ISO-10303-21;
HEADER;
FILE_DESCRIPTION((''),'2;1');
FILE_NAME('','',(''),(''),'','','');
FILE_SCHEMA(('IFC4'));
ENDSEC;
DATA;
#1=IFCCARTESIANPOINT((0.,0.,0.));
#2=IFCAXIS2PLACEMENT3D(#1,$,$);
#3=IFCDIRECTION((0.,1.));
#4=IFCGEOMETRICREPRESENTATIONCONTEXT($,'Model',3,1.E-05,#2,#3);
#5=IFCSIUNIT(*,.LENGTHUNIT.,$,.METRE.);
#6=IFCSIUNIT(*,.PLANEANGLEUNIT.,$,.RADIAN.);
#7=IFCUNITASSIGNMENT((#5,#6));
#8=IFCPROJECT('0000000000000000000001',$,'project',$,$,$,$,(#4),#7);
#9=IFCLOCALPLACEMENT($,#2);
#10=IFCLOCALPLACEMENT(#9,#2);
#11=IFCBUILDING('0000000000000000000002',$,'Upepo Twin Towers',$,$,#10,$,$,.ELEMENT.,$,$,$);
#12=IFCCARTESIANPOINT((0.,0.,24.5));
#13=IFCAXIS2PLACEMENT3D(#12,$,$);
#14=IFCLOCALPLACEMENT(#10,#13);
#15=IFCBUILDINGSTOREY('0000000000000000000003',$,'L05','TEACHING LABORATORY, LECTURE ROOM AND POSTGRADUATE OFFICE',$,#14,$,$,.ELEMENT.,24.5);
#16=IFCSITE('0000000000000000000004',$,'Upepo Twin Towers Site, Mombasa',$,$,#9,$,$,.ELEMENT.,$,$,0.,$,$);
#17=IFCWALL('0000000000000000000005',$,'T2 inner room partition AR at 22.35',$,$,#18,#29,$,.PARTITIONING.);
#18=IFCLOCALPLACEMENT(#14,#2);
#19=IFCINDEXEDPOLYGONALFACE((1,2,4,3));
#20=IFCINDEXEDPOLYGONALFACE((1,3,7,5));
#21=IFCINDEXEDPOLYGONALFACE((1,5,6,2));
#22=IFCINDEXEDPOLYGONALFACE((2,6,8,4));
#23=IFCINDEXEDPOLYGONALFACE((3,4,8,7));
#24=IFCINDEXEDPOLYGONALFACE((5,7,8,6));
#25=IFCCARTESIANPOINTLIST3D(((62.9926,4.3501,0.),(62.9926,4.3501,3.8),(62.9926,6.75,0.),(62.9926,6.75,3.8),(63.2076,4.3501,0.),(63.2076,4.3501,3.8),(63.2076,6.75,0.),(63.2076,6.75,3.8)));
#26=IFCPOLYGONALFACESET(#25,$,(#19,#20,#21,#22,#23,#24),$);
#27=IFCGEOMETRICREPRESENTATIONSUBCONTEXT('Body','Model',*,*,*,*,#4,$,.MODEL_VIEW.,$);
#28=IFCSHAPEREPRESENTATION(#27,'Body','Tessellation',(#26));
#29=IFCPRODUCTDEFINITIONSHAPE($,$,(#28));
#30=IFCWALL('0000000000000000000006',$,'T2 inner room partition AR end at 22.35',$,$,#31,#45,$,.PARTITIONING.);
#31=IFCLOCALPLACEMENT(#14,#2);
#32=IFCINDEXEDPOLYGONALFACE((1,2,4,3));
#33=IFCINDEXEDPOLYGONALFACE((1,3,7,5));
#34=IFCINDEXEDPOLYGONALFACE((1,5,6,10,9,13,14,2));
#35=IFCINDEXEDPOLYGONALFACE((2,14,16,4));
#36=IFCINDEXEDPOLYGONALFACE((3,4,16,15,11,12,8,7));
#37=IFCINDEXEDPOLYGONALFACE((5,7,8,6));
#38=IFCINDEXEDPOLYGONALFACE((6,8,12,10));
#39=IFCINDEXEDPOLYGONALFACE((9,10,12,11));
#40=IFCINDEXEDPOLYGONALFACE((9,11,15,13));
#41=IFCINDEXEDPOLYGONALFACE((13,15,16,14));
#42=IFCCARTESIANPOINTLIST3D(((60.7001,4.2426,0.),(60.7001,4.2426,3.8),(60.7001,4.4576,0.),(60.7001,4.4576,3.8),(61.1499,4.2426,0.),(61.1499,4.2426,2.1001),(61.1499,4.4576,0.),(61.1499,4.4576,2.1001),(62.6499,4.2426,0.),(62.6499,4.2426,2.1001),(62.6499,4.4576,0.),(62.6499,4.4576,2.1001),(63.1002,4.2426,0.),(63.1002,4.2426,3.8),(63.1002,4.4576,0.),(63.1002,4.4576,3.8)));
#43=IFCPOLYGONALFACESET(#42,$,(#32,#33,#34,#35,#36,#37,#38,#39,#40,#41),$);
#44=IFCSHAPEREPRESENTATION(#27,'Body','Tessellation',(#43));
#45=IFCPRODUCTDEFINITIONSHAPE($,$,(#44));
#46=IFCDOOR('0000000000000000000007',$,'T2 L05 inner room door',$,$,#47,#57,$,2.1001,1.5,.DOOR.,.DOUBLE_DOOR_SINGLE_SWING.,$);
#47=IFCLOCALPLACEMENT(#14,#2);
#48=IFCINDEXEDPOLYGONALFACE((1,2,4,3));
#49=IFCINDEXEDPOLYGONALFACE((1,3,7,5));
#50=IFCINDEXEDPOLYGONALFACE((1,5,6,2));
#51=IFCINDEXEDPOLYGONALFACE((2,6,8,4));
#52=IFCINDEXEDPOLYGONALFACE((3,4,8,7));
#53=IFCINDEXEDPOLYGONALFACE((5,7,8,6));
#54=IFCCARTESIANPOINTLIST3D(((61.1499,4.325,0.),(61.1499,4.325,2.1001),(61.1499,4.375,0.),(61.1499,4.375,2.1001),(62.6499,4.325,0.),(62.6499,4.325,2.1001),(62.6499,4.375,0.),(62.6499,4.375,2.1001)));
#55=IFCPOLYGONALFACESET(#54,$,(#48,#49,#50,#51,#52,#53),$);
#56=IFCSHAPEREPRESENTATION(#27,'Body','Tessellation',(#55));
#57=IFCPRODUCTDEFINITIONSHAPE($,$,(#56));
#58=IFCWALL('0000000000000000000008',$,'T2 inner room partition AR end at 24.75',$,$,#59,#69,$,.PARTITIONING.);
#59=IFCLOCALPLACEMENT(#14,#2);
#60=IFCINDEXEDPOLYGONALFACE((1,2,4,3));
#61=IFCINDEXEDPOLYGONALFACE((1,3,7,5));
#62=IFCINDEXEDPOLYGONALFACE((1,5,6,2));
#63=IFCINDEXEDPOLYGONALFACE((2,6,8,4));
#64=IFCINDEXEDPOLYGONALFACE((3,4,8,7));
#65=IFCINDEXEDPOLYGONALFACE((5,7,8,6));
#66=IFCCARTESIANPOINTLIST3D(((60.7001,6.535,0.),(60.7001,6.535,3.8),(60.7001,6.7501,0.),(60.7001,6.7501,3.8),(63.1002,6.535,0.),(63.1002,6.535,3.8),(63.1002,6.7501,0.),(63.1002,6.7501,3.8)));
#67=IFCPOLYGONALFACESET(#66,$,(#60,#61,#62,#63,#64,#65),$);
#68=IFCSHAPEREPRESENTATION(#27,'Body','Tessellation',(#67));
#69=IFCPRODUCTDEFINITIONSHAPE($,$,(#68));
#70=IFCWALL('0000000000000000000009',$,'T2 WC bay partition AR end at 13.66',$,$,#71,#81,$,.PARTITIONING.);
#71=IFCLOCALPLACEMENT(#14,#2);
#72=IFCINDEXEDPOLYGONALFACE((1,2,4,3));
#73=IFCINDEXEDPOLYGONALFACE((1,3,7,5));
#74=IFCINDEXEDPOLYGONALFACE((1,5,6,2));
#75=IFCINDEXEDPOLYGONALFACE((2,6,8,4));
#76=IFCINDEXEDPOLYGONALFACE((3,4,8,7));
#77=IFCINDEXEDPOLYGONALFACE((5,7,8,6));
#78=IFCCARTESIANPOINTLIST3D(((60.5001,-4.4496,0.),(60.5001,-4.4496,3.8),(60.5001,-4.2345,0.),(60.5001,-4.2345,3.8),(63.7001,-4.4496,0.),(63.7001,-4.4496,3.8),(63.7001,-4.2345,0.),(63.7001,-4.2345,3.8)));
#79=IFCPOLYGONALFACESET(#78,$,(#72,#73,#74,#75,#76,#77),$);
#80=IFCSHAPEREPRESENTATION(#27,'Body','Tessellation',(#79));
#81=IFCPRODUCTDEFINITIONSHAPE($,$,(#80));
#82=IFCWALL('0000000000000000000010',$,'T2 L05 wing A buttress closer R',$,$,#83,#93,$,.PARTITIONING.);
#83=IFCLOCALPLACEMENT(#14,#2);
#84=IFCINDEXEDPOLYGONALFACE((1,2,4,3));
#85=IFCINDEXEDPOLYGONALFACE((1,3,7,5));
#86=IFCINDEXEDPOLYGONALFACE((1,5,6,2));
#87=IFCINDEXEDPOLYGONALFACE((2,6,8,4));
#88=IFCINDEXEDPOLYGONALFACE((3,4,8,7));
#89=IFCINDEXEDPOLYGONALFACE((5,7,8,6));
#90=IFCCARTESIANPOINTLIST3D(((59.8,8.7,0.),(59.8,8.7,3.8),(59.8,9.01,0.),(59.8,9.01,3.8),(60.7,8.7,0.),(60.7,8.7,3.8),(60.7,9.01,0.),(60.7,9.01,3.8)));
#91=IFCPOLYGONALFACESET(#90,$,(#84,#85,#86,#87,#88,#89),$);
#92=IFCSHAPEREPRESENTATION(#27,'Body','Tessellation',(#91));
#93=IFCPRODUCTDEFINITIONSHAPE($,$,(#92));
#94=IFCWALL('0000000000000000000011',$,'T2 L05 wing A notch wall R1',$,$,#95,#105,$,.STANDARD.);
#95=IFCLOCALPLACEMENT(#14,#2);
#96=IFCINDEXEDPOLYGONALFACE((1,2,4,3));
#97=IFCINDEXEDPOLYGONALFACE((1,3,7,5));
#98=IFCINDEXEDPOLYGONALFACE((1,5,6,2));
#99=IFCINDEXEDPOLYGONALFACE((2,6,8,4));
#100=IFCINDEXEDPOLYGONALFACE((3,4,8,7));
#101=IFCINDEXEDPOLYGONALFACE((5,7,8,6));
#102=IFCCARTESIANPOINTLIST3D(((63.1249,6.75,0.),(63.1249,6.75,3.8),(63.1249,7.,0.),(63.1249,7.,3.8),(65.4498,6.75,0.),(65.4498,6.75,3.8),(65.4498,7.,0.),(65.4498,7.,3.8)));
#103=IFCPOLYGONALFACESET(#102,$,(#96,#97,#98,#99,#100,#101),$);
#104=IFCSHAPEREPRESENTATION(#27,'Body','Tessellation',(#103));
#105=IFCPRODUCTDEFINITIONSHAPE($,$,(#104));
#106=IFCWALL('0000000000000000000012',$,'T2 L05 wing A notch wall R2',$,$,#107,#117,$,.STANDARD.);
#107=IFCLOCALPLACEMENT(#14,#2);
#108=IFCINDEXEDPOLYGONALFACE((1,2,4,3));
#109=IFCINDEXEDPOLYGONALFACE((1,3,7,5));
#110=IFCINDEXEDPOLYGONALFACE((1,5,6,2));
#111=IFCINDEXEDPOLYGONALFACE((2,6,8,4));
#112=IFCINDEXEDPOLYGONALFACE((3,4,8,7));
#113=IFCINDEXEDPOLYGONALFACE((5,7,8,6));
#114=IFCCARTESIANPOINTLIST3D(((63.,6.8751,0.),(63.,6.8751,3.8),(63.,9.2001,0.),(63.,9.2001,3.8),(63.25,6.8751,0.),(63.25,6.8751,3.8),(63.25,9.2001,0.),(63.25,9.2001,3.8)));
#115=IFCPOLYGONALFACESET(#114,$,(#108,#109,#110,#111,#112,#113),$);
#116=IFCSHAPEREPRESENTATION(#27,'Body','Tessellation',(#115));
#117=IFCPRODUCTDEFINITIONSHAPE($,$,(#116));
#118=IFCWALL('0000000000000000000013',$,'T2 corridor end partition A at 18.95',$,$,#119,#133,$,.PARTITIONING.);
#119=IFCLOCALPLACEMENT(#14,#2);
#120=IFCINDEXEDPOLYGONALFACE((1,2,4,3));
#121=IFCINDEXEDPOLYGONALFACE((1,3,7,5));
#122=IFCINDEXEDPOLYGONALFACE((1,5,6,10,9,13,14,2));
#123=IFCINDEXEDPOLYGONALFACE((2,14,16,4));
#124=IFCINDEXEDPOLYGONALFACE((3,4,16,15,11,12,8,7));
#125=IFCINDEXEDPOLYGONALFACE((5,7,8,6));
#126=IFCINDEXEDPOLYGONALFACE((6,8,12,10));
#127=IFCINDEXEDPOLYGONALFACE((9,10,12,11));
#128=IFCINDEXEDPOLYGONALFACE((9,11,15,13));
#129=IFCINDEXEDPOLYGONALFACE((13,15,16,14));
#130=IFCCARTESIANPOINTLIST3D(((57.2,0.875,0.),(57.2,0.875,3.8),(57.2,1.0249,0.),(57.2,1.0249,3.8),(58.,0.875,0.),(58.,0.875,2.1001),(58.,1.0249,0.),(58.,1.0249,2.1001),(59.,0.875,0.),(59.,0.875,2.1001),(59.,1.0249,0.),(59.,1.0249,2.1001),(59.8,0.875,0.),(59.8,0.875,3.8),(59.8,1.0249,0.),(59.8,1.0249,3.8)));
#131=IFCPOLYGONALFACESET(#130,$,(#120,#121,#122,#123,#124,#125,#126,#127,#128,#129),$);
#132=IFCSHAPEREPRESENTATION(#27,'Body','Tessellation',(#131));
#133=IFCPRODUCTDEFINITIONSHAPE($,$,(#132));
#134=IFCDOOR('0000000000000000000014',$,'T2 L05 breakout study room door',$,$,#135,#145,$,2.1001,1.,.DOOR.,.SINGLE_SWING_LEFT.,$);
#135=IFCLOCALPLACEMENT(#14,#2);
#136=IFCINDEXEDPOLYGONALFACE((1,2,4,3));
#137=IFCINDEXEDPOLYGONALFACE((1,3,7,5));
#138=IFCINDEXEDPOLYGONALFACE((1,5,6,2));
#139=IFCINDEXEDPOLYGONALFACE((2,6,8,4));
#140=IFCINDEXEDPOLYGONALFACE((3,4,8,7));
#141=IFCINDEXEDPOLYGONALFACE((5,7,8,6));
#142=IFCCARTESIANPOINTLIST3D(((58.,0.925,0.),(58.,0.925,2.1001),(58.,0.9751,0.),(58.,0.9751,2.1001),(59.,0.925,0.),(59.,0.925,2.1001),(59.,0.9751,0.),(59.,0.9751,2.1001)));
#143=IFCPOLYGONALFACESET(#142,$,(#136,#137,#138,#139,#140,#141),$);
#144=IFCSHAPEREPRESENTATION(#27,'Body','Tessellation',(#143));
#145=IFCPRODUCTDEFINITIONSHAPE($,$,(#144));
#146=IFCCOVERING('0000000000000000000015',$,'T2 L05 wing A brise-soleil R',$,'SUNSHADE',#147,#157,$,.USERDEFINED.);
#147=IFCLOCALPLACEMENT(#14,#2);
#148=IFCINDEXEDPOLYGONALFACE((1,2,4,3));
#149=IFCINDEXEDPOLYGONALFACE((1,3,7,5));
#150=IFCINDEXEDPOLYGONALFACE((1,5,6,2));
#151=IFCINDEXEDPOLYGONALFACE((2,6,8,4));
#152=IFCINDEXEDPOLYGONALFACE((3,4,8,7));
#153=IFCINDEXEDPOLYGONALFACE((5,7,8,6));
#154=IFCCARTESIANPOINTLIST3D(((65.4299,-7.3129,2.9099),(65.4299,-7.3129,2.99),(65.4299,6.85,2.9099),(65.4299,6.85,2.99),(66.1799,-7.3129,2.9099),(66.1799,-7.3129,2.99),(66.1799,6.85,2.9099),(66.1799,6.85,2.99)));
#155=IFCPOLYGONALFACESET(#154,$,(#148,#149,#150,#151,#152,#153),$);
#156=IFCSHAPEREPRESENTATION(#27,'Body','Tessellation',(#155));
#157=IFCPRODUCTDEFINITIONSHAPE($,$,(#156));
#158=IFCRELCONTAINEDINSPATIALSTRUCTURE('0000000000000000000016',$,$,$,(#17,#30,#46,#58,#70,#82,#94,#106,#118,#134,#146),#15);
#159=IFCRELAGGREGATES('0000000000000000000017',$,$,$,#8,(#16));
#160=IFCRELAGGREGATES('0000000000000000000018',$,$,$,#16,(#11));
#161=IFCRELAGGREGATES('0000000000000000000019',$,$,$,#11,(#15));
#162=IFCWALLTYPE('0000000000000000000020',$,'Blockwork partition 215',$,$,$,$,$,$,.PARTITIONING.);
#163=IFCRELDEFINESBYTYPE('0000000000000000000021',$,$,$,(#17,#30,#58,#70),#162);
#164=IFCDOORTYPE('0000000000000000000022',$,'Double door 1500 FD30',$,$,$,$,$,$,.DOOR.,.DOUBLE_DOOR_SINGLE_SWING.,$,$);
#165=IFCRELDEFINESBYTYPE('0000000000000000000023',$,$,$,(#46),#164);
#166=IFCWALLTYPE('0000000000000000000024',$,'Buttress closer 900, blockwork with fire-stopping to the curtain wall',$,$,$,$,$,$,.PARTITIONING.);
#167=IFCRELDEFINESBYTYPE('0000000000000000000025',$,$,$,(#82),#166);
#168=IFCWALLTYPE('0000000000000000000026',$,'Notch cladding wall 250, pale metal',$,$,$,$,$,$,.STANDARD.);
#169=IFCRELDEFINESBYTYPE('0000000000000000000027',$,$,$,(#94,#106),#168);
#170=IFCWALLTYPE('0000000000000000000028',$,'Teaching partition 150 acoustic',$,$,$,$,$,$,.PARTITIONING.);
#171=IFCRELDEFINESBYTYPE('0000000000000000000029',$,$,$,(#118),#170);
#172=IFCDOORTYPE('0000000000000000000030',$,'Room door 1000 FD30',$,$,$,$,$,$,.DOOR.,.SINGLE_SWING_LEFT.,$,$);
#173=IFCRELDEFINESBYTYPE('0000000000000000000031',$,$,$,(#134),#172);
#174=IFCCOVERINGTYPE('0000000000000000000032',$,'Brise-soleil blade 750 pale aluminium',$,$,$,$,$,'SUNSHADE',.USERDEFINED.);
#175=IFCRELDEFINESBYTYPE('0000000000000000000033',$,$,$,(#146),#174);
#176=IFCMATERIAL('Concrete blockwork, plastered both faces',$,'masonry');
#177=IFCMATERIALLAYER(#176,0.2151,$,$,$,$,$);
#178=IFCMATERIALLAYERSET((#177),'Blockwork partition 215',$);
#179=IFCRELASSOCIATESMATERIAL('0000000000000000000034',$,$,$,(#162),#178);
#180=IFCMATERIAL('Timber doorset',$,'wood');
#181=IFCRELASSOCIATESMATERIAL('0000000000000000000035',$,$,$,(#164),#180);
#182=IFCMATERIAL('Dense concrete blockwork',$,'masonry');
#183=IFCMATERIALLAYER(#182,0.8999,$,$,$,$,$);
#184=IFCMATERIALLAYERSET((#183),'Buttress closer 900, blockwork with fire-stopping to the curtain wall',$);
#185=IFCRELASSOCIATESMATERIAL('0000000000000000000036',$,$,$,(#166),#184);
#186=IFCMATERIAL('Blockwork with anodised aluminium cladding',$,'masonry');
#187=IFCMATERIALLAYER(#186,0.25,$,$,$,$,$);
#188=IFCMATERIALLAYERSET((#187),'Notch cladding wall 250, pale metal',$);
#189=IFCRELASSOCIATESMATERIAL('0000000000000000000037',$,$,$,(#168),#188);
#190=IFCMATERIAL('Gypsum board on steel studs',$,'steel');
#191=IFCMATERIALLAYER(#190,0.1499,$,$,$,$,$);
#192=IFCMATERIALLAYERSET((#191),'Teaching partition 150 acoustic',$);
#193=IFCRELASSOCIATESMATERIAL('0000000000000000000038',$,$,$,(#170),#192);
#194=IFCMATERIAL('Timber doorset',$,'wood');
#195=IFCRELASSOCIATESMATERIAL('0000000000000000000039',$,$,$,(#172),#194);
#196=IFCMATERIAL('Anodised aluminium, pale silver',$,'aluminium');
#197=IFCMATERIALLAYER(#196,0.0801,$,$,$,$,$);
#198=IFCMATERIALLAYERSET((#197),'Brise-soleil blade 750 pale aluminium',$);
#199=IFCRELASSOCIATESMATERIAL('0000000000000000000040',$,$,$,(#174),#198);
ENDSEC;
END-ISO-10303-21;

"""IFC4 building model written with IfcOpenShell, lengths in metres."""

from ifc_helpers import new_model, si_unit, direction, frame, frame_2d, origin, origin_2d, place, context, subcontext, project, spatial, rectangle, extrude, material, layer, layer_set, type_object, element, fill, save


model = new_model("IFC4")

# Units and contexts
model_context = context("Model", 3, precision=1e-05, world=origin(), true_north=direction((0.0, 1.0)))
body_context = subcontext(model_context, "Body", "Model", "MODEL_VIEW")
ifc_project = project(units=[si_unit("LENGTHUNIT", "METRE"), si_unit("PLANEANGLEUNIT", "RADIAN")], contexts=[model_context])

# Site, building, storey
site_placement = place(None, origin())
site = spatial("IfcSite", under=ifc_project, at=site_placement, Name="Upepo Twin Towers Site, Mombasa", CompositionType="ELEMENT", RefElevation=0.0)
building_placement = place(site_placement, origin())
building = spatial("IfcBuilding", under=site, at=building_placement, Name="Upepo Twin Towers", CompositionType="ELEMENT")
storey_placement = place(building_placement, frame((0.0, 0.0, 24.5)))
storey = spatial("IfcBuildingStorey", under=building, at=storey_placement, Name="L05", Description="TEACHING LABORATORY, LECTURE ROOM AND POSTGRADUATE OFFICE", CompositionType="ELEMENT", Elevation=24.5)

# Wall
ifc_material_1 = material(Name="Concrete blockwork, plastered both faces", Category="masonry")
ifc_layer_1 = layer(ifc_material_1, 0.2151)
ifc_layer_set_1 = layer_set([ifc_layer_1], Name="Blockwork partition 215")
wall_type_1 = type_object("IfcWallType", Name="Blockwork partition 215", PredefinedType="PARTITIONING", material=ifc_layer_set_1)
wall_1_placement = place(storey_placement, frame((63.1001, 4.3501, 0.0), z_axis=(0.0, 0.0, 1.0), x_axis=(0.0, 1.0, 0.0)))
element("IfcWall", 1, at=wall_1_placement, inside=storey, type_object=wall_type_1, Name="T2 inner room partition AR at 22.35", PredefinedType="PARTITIONING", context=body_context, shape_type="SweptSolid", body=[
    extrude(rectangle(XDim=2.3999, YDim=0.2151, at=frame_2d((1.2, 0.0))), origin(), (0.0, 0.0, 1.0), 3.8),
])

# Wall, opening, door
wall_2_placement = place(storey_placement, frame((60.7, 4.3501, 0.0), z_axis=(0.0, 0.0, 1.0), x_axis=(1.0, 0.0, 0.0)))
wall_2 = element("IfcWall", 2, at=wall_2_placement, inside=storey, type_object=wall_type_1, Name="T2 inner room partition AR end at 22.35", PredefinedType="PARTITIONING", context=body_context, shape_type="SweptSolid", body=[
    extrude(rectangle(XDim=2.4001, YDim=0.2151, at=frame_2d((1.2002, 0.0))), origin(), (0.0, 0.0, 1.0), 3.8),
])
opening_1_placement = place(wall_2_placement, frame((0.45, 0.0, 0.0)))
opening_1 = element("IfcOpeningElement", 3, at=opening_1_placement, cuts=wall_2, PredefinedType="OPENING", context=body_context, shape_type="SweptSolid", body=[
    extrude(rectangle(XDim=1.5, YDim=2.1001, at=frame_2d((0.75, 1.05))), frame((0.0, 0.1174, 0.0), z_axis=(0.0, -1.0, 0.0), x_axis=(1.0, 0.0, 0.0)), (0.0, 0.0, 1.0), 0.2351),
])
ifc_material_2 = material(Name="Timber doorset", Category="wood")
door_type_1 = type_object("IfcDoorType", Name="Double door 1500 FD30", OperationType="DOUBLE_DOOR_SINGLE_SWING", PredefinedType="DOOR", material=ifc_material_2)
door_1_placement = place(opening_1_placement, origin())
door_1 = element("IfcDoor", 4, at=door_1_placement, inside=storey, type_object=door_type_1, Name="T2 L05 inner room door", OperationType="DOUBLE_DOOR_SINGLE_SWING", OverallHeight=2.1001, OverallWidth=1.5, PredefinedType="DOOR", context=body_context, shape_type="SweptSolid", body=[
    extrude(rectangle(XDim=1.5, YDim=2.1001, at=frame_2d((0.75, 1.05))), frame((0.0, 0.0249, 0.0), z_axis=(0.0, -1.0, 0.0), x_axis=(1.0, 0.0, 0.0)), (0.0, 0.0, 1.0), 0.05),
])
fill(opening_1, door_1)

# Walls
wall_3_placement = place(storey_placement, frame((60.7, 6.6426, 0.0), z_axis=(0.0, 0.0, 1.0), x_axis=(1.0, 0.0, 0.0)))
element("IfcWall", 5, at=wall_3_placement, inside=storey, type_object=wall_type_1, Name="T2 inner room partition AR end at 24.75", PredefinedType="PARTITIONING", context=body_context, shape_type="SweptSolid", body=[
    extrude(rectangle(XDim=2.4001, YDim=0.2151, at=frame_2d((1.2002, 0.0))), origin(), (0.0, 0.0, 1.0), 3.8),
])
wall_4_placement = place(storey_placement, frame((60.5, -4.342, 0.0), z_axis=(0.0, 0.0, 1.0), x_axis=(1.0, 0.0, 0.0)))
element("IfcWall", 6, at=wall_4_placement, inside=storey, type_object=wall_type_1, Name="T2 WC bay partition AR end at 13.66", PredefinedType="PARTITIONING", context=body_context, shape_type="SweptSolid", body=[
    extrude(rectangle(XDim=3.2, YDim=0.2151, at=frame_2d((1.6001, 0.0))), origin(), (0.0, 0.0, 1.0), 3.8),
])
ifc_material_3 = material(Name="Dense concrete blockwork", Category="masonry")
ifc_layer_2 = layer(ifc_material_3, 0.8999)
ifc_layer_set_2 = layer_set([ifc_layer_2], Name="Buttress closer 900, blockwork with fire-stopping to the curtain wall")
wall_type_2 = type_object("IfcWallType", Name="Buttress closer 900, blockwork with fire-stopping to the curtain wall", PredefinedType="PARTITIONING", material=ifc_layer_set_2)
wall_5_placement = place(storey_placement, frame((60.25, 8.7, 0.0), z_axis=(0.0, 0.0, 1.0), x_axis=(0.0, 1.0, 0.0)))
element("IfcWall", 7, at=wall_5_placement, inside=storey, type_object=wall_type_2, Name="T2 L05 wing A buttress closer R", PredefinedType="PARTITIONING", context=body_context, shape_type="SweptSolid", body=[
    extrude(rectangle(XDim=0.3101, YDim=0.8999, at=frame_2d((0.155, 0.0))), origin(), (0.0, 0.0, 1.0), 3.8),
])
ifc_material_4 = material(Name="Blockwork with anodised aluminium cladding", Category="masonry")
ifc_layer_3 = layer(ifc_material_4, 0.25)
ifc_layer_set_3 = layer_set([ifc_layer_3], Name="Notch cladding wall 250, pale metal")
wall_type_3 = type_object("IfcWallType", Name="Notch cladding wall 250, pale metal", PredefinedType="STANDARD", material=ifc_layer_set_3)
for number, where, z_axis, x_axis, name in (
    (8, (65.45, 6.875, 0.0), (0.0, 0.0, 1.0), (-1.0, 0.0, 0.0), "T2 L05 wing A notch wall R1"),
    (9, (63.125, 6.875, 0.0), (0.0, 0.0, 1.0), (0.0, 1.0, 0.0), "T2 L05 wing A notch wall R2"),
):
    element("IfcWall", number, at=place(storey_placement, frame(where, z_axis=z_axis, x_axis=x_axis)), inside=storey, type_object=wall_type_3, Name=name, PredefinedType="STANDARD", context=body_context, shape_type="SweptSolid", body=[
        extrude(rectangle(XDim=2.325, YDim=0.25, at=frame_2d((1.1626, 0.0))), origin(), (0.0, 0.0, 1.0), 3.8),
    ])

# Wall, opening, door
ifc_material_5 = material(Name="Gypsum board on steel studs", Category="steel")
ifc_layer_4 = layer(ifc_material_5, 0.1499)
ifc_layer_set_4 = layer_set([ifc_layer_4], Name="Teaching partition 150 acoustic")
wall_type_4 = type_object("IfcWallType", Name="Teaching partition 150 acoustic", PredefinedType="PARTITIONING", material=ifc_layer_set_4)
wall_6_placement = place(storey_placement, frame((59.8, 0.95, 0.0), z_axis=(0.0, 0.0, 1.0), x_axis=(-1.0, 0.0, 0.0)))
wall_6 = element("IfcWall", 10, at=wall_6_placement, inside=storey, type_object=wall_type_4, Name="T2 corridor end partition A at 18.95", PredefinedType="PARTITIONING", context=body_context, shape_type="SweptSolid", body=[
    extrude(rectangle(XDim=2.6001, YDim=0.1499, at=frame_2d((1.3, 0.0))), origin(), (0.0, 0.0, 1.0), 3.8),
])
opening_2_placement = place(wall_6_placement, frame((0.8, 0.0, 0.0)))
opening_2 = element("IfcOpeningElement", 11, at=opening_2_placement, cuts=wall_6, PredefinedType="OPENING", context=body_context, shape_type="SweptSolid", body=[
    extrude(rectangle(XDim=1.0, YDim=2.1001, at=frame_2d((0.5, 1.05))), frame((0.0, 0.085, 0.0), z_axis=(0.0, -1.0, 0.0), x_axis=(1.0, 0.0, 0.0)), (0.0, 0.0, 1.0), 0.1699),
])
ifc_material_6 = material(Name="Timber doorset", Category="wood")
door_type_2 = type_object("IfcDoorType", Name="Room door 1000 FD30", OperationType="SINGLE_SWING_LEFT", PredefinedType="DOOR", material=ifc_material_6)
door_2_placement = place(opening_2_placement, origin())
door_2 = element("IfcDoor", 12, at=door_2_placement, inside=storey, type_object=door_type_2, Name="T2 L05 breakout study room door", OperationType="SINGLE_SWING_LEFT", OverallHeight=2.1001, OverallWidth=1.0, PredefinedType="DOOR", context=body_context, shape_type="SweptSolid", body=[
    extrude(rectangle(XDim=1.0, YDim=2.1001, at=frame_2d((0.5, 1.05))), frame((0.0, 0.0249, 0.0), z_axis=(0.0, -1.0, 0.0), x_axis=(1.0, 0.0, 0.0)), (0.0, 0.0, 1.0), 0.05),
])
fill(opening_2, door_2)

# Covering
ifc_material_7 = material(Name="Anodised aluminium, pale silver", Category="aluminium")
ifc_layer_5 = layer(ifc_material_7, 0.0801)
ifc_layer_set_5 = layer_set([ifc_layer_5], Name="Brise-soleil blade 750 pale aluminium")
covering_type = type_object("IfcCoveringType", Name="Brise-soleil blade 750 pale aluminium", ElementType="SUNSHADE", PredefinedType="USERDEFINED", material=ifc_layer_set_5)
covering_placement = place(storey_placement, frame((65.8049, -0.2314, 2.9099), z_axis=(0.0, 0.0, 1.0), x_axis=(0.0, 1.0, 0.0)))
element("IfcCovering", 13, at=covering_placement, inside=storey, type_object=covering_type, Name="T2 L05 wing A brise-soleil R", ObjectType="SUNSHADE", PredefinedType="USERDEFINED", context=body_context, shape_type="SweptSolid", body=[
    extrude(rectangle(XDim=14.1628, YDim=0.75, at=origin_2d()), origin(), (0.0, 0.0, 1.0), 0.0801),
])

save(model, "model.ifc")
